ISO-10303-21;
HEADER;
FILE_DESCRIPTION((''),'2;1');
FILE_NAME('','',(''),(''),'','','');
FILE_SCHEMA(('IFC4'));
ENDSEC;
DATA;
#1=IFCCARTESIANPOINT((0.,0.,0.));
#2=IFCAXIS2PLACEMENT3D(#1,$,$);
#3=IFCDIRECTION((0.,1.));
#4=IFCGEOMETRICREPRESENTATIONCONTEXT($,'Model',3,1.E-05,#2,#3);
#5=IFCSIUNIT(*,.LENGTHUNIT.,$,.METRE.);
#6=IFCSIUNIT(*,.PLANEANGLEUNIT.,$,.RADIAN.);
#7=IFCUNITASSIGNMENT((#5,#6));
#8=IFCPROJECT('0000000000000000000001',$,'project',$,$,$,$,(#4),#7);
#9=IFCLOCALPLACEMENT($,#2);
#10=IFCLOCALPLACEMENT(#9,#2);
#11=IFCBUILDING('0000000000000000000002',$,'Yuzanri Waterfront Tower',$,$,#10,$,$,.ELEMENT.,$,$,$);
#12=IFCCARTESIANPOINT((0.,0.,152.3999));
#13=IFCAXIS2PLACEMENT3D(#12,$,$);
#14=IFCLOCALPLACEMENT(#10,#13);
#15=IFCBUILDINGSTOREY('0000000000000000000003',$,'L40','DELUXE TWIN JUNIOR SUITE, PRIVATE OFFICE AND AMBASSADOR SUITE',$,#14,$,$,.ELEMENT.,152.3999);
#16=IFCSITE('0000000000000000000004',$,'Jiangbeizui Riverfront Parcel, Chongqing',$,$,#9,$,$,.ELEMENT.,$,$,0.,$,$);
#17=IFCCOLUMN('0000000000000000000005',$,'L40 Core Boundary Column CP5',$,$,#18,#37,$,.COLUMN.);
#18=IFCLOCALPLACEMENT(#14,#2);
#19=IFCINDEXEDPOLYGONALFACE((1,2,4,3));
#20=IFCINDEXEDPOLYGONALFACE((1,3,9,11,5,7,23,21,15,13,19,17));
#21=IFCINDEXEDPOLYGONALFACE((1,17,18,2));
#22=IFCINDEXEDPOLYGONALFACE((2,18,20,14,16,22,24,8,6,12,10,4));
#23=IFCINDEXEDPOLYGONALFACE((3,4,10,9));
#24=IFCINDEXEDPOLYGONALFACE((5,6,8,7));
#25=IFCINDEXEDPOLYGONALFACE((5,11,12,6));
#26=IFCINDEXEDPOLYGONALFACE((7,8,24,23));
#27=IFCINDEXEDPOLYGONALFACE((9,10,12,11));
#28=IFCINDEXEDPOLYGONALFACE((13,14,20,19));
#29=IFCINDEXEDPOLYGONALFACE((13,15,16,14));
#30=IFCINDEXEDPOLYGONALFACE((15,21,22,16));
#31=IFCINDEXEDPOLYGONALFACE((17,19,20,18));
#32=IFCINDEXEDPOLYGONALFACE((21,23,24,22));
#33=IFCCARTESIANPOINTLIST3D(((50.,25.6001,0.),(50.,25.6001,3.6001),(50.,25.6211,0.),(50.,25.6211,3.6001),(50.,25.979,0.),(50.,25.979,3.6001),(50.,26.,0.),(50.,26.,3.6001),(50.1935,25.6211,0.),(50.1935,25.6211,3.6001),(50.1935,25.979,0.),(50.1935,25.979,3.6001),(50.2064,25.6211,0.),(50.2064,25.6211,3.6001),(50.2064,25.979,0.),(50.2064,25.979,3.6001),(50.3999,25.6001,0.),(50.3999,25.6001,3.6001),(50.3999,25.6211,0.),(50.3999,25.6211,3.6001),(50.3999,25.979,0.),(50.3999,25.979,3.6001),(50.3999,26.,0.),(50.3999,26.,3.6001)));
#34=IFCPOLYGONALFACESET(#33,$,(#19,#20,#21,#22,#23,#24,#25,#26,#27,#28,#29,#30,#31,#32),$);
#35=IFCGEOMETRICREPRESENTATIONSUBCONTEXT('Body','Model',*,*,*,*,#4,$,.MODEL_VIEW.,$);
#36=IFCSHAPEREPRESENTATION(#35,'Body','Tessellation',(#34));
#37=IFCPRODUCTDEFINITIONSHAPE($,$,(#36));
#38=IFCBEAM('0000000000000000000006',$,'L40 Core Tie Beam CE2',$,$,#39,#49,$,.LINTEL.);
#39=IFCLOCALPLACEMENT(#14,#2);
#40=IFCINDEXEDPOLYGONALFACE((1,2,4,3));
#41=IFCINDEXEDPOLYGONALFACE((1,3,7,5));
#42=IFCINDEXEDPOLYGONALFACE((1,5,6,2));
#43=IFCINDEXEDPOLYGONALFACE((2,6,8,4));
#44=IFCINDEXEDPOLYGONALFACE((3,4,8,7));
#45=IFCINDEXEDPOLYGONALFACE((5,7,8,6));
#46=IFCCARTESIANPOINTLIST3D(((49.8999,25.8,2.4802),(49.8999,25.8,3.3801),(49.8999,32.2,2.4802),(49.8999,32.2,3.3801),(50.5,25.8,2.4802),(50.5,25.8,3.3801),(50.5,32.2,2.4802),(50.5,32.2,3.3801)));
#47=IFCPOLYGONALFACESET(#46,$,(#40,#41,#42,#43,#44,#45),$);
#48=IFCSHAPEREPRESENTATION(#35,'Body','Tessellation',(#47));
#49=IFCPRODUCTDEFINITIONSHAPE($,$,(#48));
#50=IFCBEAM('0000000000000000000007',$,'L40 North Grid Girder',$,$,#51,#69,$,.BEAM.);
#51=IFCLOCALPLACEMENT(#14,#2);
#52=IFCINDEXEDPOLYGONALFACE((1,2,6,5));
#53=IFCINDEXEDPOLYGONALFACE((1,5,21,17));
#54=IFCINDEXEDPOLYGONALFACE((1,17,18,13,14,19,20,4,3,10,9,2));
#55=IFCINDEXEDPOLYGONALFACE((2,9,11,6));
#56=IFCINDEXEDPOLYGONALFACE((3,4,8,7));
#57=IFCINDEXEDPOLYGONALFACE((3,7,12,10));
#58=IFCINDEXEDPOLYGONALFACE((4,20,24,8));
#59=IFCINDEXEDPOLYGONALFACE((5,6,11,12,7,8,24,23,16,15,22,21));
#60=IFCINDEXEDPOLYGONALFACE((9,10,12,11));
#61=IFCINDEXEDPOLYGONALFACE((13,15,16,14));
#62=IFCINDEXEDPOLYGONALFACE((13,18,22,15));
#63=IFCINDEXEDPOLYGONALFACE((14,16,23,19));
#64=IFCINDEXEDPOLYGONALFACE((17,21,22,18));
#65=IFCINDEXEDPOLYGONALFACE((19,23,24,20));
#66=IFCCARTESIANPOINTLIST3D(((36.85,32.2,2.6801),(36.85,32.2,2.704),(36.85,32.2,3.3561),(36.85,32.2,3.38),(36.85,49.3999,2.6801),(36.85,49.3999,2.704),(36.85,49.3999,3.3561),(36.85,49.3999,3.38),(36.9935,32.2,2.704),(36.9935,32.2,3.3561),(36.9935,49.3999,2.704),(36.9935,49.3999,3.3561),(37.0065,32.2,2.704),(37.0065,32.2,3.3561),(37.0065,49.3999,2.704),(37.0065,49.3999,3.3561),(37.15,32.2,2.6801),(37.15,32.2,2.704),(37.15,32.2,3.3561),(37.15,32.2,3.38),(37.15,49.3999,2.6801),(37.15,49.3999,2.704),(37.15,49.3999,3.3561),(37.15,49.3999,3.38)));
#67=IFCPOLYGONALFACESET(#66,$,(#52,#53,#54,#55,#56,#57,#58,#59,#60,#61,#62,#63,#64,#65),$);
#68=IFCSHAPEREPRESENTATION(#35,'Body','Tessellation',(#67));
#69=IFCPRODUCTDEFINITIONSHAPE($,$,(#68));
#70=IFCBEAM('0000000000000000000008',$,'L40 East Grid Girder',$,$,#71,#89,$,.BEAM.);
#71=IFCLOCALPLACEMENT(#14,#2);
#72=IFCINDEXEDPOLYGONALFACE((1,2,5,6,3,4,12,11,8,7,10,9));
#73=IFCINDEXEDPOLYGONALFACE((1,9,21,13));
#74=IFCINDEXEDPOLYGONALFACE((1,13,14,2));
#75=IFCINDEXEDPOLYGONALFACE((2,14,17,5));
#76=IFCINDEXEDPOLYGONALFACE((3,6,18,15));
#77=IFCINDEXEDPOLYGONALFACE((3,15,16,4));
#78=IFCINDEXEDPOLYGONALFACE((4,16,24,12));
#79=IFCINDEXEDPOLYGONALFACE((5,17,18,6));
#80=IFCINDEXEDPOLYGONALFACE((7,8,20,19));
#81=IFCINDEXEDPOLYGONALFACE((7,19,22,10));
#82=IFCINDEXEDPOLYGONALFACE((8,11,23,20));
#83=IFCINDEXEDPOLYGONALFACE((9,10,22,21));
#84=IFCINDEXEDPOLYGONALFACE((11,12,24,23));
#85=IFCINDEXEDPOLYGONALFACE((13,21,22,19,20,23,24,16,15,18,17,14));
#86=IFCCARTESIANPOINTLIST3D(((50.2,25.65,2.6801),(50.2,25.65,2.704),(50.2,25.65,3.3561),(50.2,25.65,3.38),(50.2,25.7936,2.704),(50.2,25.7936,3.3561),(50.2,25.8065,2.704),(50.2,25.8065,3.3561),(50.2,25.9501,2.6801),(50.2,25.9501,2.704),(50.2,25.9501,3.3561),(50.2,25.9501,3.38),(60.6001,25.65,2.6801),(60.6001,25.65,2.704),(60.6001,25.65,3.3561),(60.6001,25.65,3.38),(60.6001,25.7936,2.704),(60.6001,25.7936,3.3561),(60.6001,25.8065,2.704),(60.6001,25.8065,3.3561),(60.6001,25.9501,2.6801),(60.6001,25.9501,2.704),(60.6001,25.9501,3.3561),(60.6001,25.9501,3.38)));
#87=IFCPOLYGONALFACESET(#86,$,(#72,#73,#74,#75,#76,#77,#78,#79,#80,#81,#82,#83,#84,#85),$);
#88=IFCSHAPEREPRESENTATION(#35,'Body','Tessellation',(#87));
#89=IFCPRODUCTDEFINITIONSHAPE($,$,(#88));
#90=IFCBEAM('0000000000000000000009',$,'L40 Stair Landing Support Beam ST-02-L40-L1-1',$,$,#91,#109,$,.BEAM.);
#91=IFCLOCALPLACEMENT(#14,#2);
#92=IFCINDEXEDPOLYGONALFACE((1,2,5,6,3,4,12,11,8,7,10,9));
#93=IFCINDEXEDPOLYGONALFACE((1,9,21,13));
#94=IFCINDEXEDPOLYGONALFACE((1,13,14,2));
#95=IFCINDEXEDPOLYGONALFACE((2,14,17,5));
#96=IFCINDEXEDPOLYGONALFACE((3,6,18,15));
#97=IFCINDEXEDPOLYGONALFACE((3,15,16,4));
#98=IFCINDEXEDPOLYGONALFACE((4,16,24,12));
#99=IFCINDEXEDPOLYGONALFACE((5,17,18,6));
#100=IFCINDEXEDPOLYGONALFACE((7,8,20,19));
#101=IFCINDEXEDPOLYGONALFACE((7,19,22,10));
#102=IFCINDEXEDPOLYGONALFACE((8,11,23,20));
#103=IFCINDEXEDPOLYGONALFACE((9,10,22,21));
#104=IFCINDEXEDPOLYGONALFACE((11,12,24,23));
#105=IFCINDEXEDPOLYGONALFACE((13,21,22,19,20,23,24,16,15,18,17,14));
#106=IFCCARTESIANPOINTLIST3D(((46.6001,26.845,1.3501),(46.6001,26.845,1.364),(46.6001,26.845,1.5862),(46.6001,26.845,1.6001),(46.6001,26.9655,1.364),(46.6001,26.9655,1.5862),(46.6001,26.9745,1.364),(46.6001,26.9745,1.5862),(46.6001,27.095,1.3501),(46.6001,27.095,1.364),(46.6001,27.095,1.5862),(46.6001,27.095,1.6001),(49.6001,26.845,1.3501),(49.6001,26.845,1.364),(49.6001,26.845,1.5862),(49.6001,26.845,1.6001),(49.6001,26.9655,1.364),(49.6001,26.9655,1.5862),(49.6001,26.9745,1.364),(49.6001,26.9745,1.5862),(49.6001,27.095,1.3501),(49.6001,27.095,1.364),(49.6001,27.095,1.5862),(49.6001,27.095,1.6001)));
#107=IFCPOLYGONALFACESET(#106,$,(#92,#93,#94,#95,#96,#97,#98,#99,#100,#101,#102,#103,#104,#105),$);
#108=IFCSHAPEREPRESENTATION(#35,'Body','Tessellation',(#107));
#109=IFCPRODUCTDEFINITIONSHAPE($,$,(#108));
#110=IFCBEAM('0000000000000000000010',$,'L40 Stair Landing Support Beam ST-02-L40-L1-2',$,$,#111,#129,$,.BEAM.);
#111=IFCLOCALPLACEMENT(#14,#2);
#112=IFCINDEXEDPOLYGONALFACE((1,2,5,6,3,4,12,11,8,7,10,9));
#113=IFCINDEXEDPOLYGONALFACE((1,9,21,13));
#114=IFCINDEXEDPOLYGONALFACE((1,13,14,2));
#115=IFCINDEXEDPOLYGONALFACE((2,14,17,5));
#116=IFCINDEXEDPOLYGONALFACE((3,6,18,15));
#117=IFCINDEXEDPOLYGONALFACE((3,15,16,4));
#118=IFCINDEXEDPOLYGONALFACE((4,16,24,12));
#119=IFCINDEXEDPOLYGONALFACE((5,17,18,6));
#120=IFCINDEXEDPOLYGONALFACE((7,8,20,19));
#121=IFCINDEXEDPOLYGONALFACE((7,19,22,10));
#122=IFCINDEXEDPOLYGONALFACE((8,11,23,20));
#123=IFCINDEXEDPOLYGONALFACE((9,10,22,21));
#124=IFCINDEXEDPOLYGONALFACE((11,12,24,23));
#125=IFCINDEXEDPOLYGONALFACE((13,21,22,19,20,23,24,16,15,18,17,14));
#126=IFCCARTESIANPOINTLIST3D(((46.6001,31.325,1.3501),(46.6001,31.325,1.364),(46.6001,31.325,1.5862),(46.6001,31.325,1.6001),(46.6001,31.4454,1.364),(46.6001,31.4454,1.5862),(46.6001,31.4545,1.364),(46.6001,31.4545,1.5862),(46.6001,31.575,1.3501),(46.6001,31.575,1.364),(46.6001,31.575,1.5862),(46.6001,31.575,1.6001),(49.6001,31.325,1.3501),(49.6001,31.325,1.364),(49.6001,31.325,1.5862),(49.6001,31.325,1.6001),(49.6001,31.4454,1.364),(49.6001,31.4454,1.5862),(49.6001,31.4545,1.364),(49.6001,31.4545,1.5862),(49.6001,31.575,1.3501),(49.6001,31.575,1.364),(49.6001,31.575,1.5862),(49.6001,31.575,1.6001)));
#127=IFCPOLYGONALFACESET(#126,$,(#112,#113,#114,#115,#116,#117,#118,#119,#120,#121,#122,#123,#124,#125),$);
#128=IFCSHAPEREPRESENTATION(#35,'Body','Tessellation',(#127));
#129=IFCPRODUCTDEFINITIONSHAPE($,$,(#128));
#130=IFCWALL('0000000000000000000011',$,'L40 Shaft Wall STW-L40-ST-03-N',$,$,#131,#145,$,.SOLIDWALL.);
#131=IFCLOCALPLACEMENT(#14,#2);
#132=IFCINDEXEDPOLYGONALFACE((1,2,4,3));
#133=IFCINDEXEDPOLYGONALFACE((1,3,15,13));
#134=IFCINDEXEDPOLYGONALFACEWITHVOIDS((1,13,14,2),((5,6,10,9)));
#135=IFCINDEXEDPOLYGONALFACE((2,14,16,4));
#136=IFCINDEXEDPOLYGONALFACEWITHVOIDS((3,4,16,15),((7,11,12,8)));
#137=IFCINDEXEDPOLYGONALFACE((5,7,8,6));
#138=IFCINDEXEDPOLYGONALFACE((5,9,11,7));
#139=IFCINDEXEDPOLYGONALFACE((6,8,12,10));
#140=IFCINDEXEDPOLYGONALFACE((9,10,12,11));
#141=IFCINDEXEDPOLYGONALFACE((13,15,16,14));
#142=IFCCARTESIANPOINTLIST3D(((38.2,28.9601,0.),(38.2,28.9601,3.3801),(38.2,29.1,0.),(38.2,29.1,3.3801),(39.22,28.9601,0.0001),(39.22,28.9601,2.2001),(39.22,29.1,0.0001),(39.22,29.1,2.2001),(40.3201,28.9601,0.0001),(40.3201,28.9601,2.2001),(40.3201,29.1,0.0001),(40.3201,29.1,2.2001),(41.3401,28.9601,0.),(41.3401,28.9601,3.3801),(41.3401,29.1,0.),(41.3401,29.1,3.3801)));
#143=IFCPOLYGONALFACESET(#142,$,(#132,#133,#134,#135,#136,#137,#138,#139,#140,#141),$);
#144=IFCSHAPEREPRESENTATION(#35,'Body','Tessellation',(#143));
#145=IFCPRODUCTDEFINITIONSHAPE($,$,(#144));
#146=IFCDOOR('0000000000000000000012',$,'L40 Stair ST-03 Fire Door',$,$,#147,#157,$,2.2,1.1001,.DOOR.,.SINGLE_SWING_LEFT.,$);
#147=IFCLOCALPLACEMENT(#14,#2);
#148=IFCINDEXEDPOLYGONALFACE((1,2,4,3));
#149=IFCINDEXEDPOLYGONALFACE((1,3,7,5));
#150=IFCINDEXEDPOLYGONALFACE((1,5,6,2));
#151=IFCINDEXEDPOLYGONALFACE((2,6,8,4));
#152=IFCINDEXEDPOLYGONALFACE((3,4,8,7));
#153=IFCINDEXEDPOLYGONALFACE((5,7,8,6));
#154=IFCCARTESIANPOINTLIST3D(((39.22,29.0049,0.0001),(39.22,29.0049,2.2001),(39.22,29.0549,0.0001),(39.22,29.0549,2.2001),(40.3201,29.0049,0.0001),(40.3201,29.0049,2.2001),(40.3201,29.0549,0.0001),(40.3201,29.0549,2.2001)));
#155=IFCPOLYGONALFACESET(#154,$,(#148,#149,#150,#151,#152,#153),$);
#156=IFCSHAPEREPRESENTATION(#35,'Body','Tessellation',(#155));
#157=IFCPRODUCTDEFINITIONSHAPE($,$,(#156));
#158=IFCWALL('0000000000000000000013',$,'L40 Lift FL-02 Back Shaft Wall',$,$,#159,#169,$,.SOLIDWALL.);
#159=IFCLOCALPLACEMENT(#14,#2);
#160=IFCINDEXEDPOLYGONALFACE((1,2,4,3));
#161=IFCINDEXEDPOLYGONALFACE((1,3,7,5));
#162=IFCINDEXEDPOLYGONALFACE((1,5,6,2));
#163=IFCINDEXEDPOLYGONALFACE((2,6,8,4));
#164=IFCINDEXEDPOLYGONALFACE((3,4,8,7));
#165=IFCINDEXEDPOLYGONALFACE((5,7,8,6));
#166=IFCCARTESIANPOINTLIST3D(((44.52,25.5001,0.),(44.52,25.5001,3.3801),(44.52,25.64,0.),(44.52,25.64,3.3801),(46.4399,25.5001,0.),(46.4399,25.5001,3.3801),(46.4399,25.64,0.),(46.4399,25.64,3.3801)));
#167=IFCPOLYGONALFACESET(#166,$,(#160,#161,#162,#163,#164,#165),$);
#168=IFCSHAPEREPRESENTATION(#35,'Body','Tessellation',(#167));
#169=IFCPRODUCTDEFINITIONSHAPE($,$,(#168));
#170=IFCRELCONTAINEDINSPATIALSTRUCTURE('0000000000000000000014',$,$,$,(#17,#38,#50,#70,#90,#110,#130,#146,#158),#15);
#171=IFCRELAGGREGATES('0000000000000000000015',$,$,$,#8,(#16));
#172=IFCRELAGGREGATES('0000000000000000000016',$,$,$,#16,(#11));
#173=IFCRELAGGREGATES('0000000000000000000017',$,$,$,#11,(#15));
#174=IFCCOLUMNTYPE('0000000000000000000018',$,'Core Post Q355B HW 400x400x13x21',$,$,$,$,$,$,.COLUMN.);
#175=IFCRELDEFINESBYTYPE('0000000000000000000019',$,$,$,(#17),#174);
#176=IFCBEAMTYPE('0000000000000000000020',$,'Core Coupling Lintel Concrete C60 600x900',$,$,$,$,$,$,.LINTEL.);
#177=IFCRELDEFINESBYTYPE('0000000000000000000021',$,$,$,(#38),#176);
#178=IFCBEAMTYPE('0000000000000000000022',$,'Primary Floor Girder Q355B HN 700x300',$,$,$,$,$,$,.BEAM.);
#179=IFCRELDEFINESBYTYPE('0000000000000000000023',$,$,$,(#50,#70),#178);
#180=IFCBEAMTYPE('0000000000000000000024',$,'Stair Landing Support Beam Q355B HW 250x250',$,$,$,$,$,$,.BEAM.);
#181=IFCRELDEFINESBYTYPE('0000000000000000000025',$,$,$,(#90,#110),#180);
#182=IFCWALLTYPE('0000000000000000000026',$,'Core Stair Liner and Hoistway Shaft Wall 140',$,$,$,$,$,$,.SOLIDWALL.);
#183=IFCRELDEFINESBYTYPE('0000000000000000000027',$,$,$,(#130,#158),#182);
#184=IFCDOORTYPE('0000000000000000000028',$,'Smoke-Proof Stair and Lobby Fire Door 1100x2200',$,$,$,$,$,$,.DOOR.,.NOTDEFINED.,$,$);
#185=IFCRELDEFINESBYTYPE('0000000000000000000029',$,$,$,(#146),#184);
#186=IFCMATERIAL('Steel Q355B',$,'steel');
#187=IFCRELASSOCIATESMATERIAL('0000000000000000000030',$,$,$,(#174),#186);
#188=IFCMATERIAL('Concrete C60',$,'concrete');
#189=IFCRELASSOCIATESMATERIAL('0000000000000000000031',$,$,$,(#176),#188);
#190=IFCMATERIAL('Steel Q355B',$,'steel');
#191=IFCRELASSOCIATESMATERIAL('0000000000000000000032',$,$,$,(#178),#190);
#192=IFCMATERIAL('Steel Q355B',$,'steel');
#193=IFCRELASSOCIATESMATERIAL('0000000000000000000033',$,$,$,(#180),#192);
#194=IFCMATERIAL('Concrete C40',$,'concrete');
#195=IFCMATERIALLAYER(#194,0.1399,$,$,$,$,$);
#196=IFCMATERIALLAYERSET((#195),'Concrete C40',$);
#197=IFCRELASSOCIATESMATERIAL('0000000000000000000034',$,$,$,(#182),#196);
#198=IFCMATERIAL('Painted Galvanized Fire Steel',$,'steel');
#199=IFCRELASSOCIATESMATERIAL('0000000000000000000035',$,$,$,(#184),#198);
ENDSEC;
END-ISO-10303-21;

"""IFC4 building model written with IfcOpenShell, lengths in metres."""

from ifc_helpers import new_model, si_unit, direction, frame, frame_2d, origin, origin_2d, place, context, subcontext, project, spatial, rectangle, i_section, extrude, source, transform, mapped, material, layer, layer_set, material_profile, profile_set, type_object, element, fill, save


model = new_model("IFC4")

# Units and contexts
model_context = context("Model", 3, precision=1e-05, world=origin(), true_north=direction((0.0, 1.0)))
body_context = subcontext(model_context, "Body", "Model", "MODEL_VIEW")
ifc_project = project(units=[si_unit("LENGTHUNIT", "METRE"), si_unit("PLANEANGLEUNIT", "RADIAN")], contexts=[model_context])

# Site, building, storey
site_placement = place(None, origin())
site = spatial("IfcSite", under=ifc_project, at=site_placement, Name="Jiangbeizui Riverfront Parcel, Chongqing", CompositionType="ELEMENT", RefElevation=0.0)
building_placement = place(site_placement, origin())
building = spatial("IfcBuilding", under=site, at=building_placement, Name="Yuzanri Waterfront Tower", CompositionType="ELEMENT")
storey_placement = place(building_placement, frame((0.0, 0.0, 152.3999)))
storey = spatial("IfcBuildingStorey", under=building, at=storey_placement, Name="L40", Description="DELUXE TWIN JUNIOR SUITE, PRIVATE OFFICE AND AMBASSADOR SUITE", CompositionType="ELEMENT", Elevation=152.3999)

# Column
ifc_material_1 = material(Name="Steel Q355B", Category="steel")
ifc_material_profile_1 = material_profile(ifc_material_1, i_section(OverallWidth=0.3999, OverallDepth=0.3999, WebThickness=0.0129, FlangeThickness=0.021, at=origin_2d()), Name="HW 400x400x13x21")
ifc_profile_set_1 = profile_set([ifc_material_profile_1], Name="Steel Q355B")
column_type = type_object("IfcColumnType", Name="Core Post Q355B HW 400x400x13x21", PredefinedType="COLUMN", material=ifc_profile_set_1)
shared_shape_1 = source(origin(), body_context, "Body", "SweptSolid", [
    extrude(i_section(OverallWidth=0.3999, OverallDepth=0.3999, WebThickness=0.0129, FlangeThickness=0.021, at=origin_2d()), origin(), (0.0, 0.0, 1.0), 3.6001),
])
column_placement = place(storey_placement, frame((50.2, 25.8, 0.0), z_axis=(0.0, 0.0, 1.0), x_axis=(1.0, 0.0, 0.0)))
element("IfcColumn", 1, at=column_placement, inside=storey, type_object=column_type, Name="L40 Core Boundary Column CP5", PredefinedType="COLUMN", context=body_context, shape_type="MappedRepresentation", body=[
    mapped(shared_shape_1, transform((0.0, 0.0, 0.0), scale=1.0)),
])

# Beams
ifc_material_2 = material(Name="Concrete C60", Category="concrete")
ifc_material_profile_2 = material_profile(ifc_material_2, rectangle(XDim=0.6001, YDim=0.8999, at=origin_2d()), Name="RC 600x900")
ifc_profile_set_2 = profile_set([ifc_material_profile_2], Name="Concrete C60")
beam_type_1 = type_object("IfcBeamType", Name="Core Coupling Lintel Concrete C60 600x900", PredefinedType="LINTEL", material=ifc_profile_set_2)
shared_shape_2 = source(origin(), body_context, "Body", "SweptSolid", [
    extrude(rectangle(XDim=0.6001, YDim=0.8999, at=origin_2d()), origin(), (0.0, 0.0, 1.0), 6.3999),
])
beam_1_placement = place(storey_placement, frame((50.2, 25.8, 2.9302), z_axis=(0.0, 1.0, 0.0), x_axis=(-1.0, 0.0, 0.0)))
element("IfcBeam", 2, at=beam_1_placement, inside=storey, type_object=beam_type_1, Name="L40 Core Tie Beam CE2", PredefinedType="LINTEL", context=body_context, shape_type="MappedRepresentation", body=[
    mapped(shared_shape_2, transform((0.0, 0.0, 0.0), scale=1.0)),
])
ifc_material_3 = material(Name="Steel Q355B", Category="steel")
ifc_material_profile_3 = material_profile(ifc_material_3, i_section(OverallWidth=0.3, OverallDepth=0.7, WebThickness=0.0129, FlangeThickness=0.0239, at=origin_2d()), Name="HN 700x300x13x24")
ifc_profile_set_3 = profile_set([ifc_material_profile_3], Name="Steel Q355B")
beam_type_2 = type_object("IfcBeamType", Name="Primary Floor Girder Q355B HN 700x300", PredefinedType="BEAM", material=ifc_profile_set_3)
shared_shape_3 = source(origin(), body_context, "Body", "SweptSolid", [
    extrude(i_section(OverallWidth=0.3, OverallDepth=0.7, WebThickness=0.0129, FlangeThickness=0.0239, at=origin_2d()), origin(), (0.0, 0.0, 1.0), 17.2),
])
beam_2_placement = place(storey_placement, frame((37.0, 32.2, 3.03), z_axis=(0.0, 1.0, 0.0), x_axis=(-1.0, 0.0, 0.0)))
element("IfcBeam", 3, at=beam_2_placement, inside=storey, type_object=beam_type_2, Name="L40 North Grid Girder", PredefinedType="BEAM", context=body_context, shape_type="MappedRepresentation", body=[
    mapped(shared_shape_3, transform((0.0, 0.0, 0.0), scale=1.0)),
])
shared_shape_4 = source(origin(), body_context, "Body", "SweptSolid", [
    extrude(i_section(OverallWidth=0.3, OverallDepth=0.7, WebThickness=0.0129, FlangeThickness=0.0239, at=origin_2d()), origin(), (0.0, 0.0, 1.0), 10.4001),
])
beam_3_placement = place(storey_placement, frame((50.2, 25.8, 3.03), z_axis=(1.0, 0.0, 0.0), x_axis=(0.0, 1.0, 0.0)))
element("IfcBeam", 4, at=beam_3_placement, inside=storey, type_object=beam_type_2, Name="L40 East Grid Girder", PredefinedType="BEAM", context=body_context, shape_type="MappedRepresentation", body=[
    mapped(shared_shape_4, transform((0.0, 0.0, 0.0), scale=1.0)),
])
ifc_material_4 = material(Name="Steel Q355B", Category="steel")
ifc_material_profile_4 = material_profile(ifc_material_4, i_section(OverallWidth=0.25, OverallDepth=0.25, WebThickness=0.009, FlangeThickness=0.0139, at=origin_2d()), Name="HW 250x250x9x14")
ifc_profile_set_4 = profile_set([ifc_material_profile_4], Name="Steel Q355B")
beam_type_3 = type_object("IfcBeamType", Name="Stair Landing Support Beam Q355B HW 250x250", PredefinedType="BEAM", material=ifc_profile_set_4)
shared_shape_5 = source(origin(), body_context, "Body", "SweptSolid", [
    extrude(i_section(OverallWidth=0.25, OverallDepth=0.25, WebThickness=0.009, FlangeThickness=0.0139, at=origin_2d()), origin(), (0.0, 0.0, 1.0), 3.0),
])
for number, where, z_axis, x_axis, name in (
    (5, (46.6001, 26.97, 1.4751), (1.0, 0.0, 0.0), (0.0, 1.0, 0.0), "L40 Stair Landing Support Beam ST-02-L40-L1-1"),
    (6, (46.6001, 31.45, 1.4751), (1.0, 0.0, 0.0), (0.0, 1.0, 0.0), "L40 Stair Landing Support Beam ST-02-L40-L1-2"),
):
    element("IfcBeam", number, at=place(storey_placement, frame(where, z_axis=z_axis, x_axis=x_axis)), inside=storey, type_object=beam_type_3, Name=name, PredefinedType="BEAM", context=body_context, shape_type="MappedRepresentation", body=[
        mapped(shared_shape_5, transform((0.0, 0.0, 0.0), scale=1.0)),
    ])

# Wall, opening, door
ifc_material_5 = material(Name="Concrete C40", Category="concrete")
ifc_layer_1 = layer(ifc_material_5, 0.1399)
ifc_layer_set_1 = layer_set([ifc_layer_1], Name="Concrete C40")
wall_type = type_object("IfcWallType", Name="Core Stair Liner and Hoistway Shaft Wall 140", PredefinedType="SOLIDWALL", material=ifc_layer_set_1)
wall_1_placement = place(storey_placement, frame((38.2, 29.03, 0.0), z_axis=(0.0, 0.0, 1.0), x_axis=(1.0, 0.0, 0.0)))
wall_1 = element("IfcWall", 7, at=wall_1_placement, inside=storey, type_object=wall_type, Name="L40 Shaft Wall STW-L40-ST-03-N", PredefinedType="SOLIDWALL", context=body_context, shape_type="SweptSolid", body=[
    extrude(rectangle(XDim=3.1401, YDim=0.1399, at=frame_2d((1.5701, 0.0))), origin(), (0.0, 0.0, 1.0), 3.3801),
])
opening_placement = place(wall_1_placement, frame((1.02, 0.0, 0.0)))
opening = element("IfcOpeningElement", 8, at=opening_placement, cuts=wall_1, PredefinedType="OPENING", context=body_context, shape_type="SweptSolid", body=[
    extrude(rectangle(XDim=1.1001, YDim=2.2, at=frame_2d((0.55, 1.1001))), frame((0.0, 0.085, 0.0), z_axis=(0.0, -1.0, 0.0), x_axis=(1.0, 0.0, 0.0)), (0.0, 0.0, 1.0), 0.1697),
])
ifc_material_6 = material(Name="Painted Galvanized Fire Steel", Category="steel")
door_type = type_object("IfcDoorType", Name="Smoke-Proof Stair and Lobby Fire Door 1100x2200", OperationType="NOTDEFINED", PredefinedType="DOOR", material=ifc_material_6)
shared_shape_6 = source(origin(), body_context, "Body", "SweptSolid", [
    extrude(rectangle(XDim=1.1001, YDim=2.2, at=frame_2d((0.55, 1.1001))), frame((0.0, 0.0249, 0.0), z_axis=(0.0, -1.0, 0.0), x_axis=(1.0, 0.0, 0.0)), (0.0, 0.0, 1.0), 0.05),
])
door_placement = place(opening_placement, origin())
door = element("IfcDoor", 9, at=door_placement, inside=storey, type_object=door_type, Name="L40 Stair ST-03 Fire Door", OperationType="SINGLE_SWING_LEFT", OverallHeight=2.2, OverallWidth=1.1001, PredefinedType="DOOR", context=body_context, shape_type="MappedRepresentation", body=[
    mapped(shared_shape_6, transform((0.0, 0.0, 0.0), scale=1.0)),
])
fill(opening, door)

# Wall
shared_shape_7 = source(origin(), body_context, "Body", "SweptSolid", [
    extrude(rectangle(XDim=1.9199, YDim=0.1399, at=frame_2d((0.96, 0.0))), origin(), (0.0, 0.0, 1.0), 3.3801),
])
wall_2_placement = place(storey_placement, frame((44.52, 25.5701, 0.0), z_axis=(0.0, 0.0, 1.0), x_axis=(1.0, 0.0, 0.0)))
element("IfcWall", 10, at=wall_2_placement, inside=storey, type_object=wall_type, Name="L40 Lift FL-02 Back Shaft Wall", PredefinedType="SOLIDWALL", context=body_context, shape_type="MappedRepresentation", body=[
    mapped(shared_shape_7, transform((0.0, 0.0, 0.0), scale=1.0)),
])

save(model, "model.ifc")
